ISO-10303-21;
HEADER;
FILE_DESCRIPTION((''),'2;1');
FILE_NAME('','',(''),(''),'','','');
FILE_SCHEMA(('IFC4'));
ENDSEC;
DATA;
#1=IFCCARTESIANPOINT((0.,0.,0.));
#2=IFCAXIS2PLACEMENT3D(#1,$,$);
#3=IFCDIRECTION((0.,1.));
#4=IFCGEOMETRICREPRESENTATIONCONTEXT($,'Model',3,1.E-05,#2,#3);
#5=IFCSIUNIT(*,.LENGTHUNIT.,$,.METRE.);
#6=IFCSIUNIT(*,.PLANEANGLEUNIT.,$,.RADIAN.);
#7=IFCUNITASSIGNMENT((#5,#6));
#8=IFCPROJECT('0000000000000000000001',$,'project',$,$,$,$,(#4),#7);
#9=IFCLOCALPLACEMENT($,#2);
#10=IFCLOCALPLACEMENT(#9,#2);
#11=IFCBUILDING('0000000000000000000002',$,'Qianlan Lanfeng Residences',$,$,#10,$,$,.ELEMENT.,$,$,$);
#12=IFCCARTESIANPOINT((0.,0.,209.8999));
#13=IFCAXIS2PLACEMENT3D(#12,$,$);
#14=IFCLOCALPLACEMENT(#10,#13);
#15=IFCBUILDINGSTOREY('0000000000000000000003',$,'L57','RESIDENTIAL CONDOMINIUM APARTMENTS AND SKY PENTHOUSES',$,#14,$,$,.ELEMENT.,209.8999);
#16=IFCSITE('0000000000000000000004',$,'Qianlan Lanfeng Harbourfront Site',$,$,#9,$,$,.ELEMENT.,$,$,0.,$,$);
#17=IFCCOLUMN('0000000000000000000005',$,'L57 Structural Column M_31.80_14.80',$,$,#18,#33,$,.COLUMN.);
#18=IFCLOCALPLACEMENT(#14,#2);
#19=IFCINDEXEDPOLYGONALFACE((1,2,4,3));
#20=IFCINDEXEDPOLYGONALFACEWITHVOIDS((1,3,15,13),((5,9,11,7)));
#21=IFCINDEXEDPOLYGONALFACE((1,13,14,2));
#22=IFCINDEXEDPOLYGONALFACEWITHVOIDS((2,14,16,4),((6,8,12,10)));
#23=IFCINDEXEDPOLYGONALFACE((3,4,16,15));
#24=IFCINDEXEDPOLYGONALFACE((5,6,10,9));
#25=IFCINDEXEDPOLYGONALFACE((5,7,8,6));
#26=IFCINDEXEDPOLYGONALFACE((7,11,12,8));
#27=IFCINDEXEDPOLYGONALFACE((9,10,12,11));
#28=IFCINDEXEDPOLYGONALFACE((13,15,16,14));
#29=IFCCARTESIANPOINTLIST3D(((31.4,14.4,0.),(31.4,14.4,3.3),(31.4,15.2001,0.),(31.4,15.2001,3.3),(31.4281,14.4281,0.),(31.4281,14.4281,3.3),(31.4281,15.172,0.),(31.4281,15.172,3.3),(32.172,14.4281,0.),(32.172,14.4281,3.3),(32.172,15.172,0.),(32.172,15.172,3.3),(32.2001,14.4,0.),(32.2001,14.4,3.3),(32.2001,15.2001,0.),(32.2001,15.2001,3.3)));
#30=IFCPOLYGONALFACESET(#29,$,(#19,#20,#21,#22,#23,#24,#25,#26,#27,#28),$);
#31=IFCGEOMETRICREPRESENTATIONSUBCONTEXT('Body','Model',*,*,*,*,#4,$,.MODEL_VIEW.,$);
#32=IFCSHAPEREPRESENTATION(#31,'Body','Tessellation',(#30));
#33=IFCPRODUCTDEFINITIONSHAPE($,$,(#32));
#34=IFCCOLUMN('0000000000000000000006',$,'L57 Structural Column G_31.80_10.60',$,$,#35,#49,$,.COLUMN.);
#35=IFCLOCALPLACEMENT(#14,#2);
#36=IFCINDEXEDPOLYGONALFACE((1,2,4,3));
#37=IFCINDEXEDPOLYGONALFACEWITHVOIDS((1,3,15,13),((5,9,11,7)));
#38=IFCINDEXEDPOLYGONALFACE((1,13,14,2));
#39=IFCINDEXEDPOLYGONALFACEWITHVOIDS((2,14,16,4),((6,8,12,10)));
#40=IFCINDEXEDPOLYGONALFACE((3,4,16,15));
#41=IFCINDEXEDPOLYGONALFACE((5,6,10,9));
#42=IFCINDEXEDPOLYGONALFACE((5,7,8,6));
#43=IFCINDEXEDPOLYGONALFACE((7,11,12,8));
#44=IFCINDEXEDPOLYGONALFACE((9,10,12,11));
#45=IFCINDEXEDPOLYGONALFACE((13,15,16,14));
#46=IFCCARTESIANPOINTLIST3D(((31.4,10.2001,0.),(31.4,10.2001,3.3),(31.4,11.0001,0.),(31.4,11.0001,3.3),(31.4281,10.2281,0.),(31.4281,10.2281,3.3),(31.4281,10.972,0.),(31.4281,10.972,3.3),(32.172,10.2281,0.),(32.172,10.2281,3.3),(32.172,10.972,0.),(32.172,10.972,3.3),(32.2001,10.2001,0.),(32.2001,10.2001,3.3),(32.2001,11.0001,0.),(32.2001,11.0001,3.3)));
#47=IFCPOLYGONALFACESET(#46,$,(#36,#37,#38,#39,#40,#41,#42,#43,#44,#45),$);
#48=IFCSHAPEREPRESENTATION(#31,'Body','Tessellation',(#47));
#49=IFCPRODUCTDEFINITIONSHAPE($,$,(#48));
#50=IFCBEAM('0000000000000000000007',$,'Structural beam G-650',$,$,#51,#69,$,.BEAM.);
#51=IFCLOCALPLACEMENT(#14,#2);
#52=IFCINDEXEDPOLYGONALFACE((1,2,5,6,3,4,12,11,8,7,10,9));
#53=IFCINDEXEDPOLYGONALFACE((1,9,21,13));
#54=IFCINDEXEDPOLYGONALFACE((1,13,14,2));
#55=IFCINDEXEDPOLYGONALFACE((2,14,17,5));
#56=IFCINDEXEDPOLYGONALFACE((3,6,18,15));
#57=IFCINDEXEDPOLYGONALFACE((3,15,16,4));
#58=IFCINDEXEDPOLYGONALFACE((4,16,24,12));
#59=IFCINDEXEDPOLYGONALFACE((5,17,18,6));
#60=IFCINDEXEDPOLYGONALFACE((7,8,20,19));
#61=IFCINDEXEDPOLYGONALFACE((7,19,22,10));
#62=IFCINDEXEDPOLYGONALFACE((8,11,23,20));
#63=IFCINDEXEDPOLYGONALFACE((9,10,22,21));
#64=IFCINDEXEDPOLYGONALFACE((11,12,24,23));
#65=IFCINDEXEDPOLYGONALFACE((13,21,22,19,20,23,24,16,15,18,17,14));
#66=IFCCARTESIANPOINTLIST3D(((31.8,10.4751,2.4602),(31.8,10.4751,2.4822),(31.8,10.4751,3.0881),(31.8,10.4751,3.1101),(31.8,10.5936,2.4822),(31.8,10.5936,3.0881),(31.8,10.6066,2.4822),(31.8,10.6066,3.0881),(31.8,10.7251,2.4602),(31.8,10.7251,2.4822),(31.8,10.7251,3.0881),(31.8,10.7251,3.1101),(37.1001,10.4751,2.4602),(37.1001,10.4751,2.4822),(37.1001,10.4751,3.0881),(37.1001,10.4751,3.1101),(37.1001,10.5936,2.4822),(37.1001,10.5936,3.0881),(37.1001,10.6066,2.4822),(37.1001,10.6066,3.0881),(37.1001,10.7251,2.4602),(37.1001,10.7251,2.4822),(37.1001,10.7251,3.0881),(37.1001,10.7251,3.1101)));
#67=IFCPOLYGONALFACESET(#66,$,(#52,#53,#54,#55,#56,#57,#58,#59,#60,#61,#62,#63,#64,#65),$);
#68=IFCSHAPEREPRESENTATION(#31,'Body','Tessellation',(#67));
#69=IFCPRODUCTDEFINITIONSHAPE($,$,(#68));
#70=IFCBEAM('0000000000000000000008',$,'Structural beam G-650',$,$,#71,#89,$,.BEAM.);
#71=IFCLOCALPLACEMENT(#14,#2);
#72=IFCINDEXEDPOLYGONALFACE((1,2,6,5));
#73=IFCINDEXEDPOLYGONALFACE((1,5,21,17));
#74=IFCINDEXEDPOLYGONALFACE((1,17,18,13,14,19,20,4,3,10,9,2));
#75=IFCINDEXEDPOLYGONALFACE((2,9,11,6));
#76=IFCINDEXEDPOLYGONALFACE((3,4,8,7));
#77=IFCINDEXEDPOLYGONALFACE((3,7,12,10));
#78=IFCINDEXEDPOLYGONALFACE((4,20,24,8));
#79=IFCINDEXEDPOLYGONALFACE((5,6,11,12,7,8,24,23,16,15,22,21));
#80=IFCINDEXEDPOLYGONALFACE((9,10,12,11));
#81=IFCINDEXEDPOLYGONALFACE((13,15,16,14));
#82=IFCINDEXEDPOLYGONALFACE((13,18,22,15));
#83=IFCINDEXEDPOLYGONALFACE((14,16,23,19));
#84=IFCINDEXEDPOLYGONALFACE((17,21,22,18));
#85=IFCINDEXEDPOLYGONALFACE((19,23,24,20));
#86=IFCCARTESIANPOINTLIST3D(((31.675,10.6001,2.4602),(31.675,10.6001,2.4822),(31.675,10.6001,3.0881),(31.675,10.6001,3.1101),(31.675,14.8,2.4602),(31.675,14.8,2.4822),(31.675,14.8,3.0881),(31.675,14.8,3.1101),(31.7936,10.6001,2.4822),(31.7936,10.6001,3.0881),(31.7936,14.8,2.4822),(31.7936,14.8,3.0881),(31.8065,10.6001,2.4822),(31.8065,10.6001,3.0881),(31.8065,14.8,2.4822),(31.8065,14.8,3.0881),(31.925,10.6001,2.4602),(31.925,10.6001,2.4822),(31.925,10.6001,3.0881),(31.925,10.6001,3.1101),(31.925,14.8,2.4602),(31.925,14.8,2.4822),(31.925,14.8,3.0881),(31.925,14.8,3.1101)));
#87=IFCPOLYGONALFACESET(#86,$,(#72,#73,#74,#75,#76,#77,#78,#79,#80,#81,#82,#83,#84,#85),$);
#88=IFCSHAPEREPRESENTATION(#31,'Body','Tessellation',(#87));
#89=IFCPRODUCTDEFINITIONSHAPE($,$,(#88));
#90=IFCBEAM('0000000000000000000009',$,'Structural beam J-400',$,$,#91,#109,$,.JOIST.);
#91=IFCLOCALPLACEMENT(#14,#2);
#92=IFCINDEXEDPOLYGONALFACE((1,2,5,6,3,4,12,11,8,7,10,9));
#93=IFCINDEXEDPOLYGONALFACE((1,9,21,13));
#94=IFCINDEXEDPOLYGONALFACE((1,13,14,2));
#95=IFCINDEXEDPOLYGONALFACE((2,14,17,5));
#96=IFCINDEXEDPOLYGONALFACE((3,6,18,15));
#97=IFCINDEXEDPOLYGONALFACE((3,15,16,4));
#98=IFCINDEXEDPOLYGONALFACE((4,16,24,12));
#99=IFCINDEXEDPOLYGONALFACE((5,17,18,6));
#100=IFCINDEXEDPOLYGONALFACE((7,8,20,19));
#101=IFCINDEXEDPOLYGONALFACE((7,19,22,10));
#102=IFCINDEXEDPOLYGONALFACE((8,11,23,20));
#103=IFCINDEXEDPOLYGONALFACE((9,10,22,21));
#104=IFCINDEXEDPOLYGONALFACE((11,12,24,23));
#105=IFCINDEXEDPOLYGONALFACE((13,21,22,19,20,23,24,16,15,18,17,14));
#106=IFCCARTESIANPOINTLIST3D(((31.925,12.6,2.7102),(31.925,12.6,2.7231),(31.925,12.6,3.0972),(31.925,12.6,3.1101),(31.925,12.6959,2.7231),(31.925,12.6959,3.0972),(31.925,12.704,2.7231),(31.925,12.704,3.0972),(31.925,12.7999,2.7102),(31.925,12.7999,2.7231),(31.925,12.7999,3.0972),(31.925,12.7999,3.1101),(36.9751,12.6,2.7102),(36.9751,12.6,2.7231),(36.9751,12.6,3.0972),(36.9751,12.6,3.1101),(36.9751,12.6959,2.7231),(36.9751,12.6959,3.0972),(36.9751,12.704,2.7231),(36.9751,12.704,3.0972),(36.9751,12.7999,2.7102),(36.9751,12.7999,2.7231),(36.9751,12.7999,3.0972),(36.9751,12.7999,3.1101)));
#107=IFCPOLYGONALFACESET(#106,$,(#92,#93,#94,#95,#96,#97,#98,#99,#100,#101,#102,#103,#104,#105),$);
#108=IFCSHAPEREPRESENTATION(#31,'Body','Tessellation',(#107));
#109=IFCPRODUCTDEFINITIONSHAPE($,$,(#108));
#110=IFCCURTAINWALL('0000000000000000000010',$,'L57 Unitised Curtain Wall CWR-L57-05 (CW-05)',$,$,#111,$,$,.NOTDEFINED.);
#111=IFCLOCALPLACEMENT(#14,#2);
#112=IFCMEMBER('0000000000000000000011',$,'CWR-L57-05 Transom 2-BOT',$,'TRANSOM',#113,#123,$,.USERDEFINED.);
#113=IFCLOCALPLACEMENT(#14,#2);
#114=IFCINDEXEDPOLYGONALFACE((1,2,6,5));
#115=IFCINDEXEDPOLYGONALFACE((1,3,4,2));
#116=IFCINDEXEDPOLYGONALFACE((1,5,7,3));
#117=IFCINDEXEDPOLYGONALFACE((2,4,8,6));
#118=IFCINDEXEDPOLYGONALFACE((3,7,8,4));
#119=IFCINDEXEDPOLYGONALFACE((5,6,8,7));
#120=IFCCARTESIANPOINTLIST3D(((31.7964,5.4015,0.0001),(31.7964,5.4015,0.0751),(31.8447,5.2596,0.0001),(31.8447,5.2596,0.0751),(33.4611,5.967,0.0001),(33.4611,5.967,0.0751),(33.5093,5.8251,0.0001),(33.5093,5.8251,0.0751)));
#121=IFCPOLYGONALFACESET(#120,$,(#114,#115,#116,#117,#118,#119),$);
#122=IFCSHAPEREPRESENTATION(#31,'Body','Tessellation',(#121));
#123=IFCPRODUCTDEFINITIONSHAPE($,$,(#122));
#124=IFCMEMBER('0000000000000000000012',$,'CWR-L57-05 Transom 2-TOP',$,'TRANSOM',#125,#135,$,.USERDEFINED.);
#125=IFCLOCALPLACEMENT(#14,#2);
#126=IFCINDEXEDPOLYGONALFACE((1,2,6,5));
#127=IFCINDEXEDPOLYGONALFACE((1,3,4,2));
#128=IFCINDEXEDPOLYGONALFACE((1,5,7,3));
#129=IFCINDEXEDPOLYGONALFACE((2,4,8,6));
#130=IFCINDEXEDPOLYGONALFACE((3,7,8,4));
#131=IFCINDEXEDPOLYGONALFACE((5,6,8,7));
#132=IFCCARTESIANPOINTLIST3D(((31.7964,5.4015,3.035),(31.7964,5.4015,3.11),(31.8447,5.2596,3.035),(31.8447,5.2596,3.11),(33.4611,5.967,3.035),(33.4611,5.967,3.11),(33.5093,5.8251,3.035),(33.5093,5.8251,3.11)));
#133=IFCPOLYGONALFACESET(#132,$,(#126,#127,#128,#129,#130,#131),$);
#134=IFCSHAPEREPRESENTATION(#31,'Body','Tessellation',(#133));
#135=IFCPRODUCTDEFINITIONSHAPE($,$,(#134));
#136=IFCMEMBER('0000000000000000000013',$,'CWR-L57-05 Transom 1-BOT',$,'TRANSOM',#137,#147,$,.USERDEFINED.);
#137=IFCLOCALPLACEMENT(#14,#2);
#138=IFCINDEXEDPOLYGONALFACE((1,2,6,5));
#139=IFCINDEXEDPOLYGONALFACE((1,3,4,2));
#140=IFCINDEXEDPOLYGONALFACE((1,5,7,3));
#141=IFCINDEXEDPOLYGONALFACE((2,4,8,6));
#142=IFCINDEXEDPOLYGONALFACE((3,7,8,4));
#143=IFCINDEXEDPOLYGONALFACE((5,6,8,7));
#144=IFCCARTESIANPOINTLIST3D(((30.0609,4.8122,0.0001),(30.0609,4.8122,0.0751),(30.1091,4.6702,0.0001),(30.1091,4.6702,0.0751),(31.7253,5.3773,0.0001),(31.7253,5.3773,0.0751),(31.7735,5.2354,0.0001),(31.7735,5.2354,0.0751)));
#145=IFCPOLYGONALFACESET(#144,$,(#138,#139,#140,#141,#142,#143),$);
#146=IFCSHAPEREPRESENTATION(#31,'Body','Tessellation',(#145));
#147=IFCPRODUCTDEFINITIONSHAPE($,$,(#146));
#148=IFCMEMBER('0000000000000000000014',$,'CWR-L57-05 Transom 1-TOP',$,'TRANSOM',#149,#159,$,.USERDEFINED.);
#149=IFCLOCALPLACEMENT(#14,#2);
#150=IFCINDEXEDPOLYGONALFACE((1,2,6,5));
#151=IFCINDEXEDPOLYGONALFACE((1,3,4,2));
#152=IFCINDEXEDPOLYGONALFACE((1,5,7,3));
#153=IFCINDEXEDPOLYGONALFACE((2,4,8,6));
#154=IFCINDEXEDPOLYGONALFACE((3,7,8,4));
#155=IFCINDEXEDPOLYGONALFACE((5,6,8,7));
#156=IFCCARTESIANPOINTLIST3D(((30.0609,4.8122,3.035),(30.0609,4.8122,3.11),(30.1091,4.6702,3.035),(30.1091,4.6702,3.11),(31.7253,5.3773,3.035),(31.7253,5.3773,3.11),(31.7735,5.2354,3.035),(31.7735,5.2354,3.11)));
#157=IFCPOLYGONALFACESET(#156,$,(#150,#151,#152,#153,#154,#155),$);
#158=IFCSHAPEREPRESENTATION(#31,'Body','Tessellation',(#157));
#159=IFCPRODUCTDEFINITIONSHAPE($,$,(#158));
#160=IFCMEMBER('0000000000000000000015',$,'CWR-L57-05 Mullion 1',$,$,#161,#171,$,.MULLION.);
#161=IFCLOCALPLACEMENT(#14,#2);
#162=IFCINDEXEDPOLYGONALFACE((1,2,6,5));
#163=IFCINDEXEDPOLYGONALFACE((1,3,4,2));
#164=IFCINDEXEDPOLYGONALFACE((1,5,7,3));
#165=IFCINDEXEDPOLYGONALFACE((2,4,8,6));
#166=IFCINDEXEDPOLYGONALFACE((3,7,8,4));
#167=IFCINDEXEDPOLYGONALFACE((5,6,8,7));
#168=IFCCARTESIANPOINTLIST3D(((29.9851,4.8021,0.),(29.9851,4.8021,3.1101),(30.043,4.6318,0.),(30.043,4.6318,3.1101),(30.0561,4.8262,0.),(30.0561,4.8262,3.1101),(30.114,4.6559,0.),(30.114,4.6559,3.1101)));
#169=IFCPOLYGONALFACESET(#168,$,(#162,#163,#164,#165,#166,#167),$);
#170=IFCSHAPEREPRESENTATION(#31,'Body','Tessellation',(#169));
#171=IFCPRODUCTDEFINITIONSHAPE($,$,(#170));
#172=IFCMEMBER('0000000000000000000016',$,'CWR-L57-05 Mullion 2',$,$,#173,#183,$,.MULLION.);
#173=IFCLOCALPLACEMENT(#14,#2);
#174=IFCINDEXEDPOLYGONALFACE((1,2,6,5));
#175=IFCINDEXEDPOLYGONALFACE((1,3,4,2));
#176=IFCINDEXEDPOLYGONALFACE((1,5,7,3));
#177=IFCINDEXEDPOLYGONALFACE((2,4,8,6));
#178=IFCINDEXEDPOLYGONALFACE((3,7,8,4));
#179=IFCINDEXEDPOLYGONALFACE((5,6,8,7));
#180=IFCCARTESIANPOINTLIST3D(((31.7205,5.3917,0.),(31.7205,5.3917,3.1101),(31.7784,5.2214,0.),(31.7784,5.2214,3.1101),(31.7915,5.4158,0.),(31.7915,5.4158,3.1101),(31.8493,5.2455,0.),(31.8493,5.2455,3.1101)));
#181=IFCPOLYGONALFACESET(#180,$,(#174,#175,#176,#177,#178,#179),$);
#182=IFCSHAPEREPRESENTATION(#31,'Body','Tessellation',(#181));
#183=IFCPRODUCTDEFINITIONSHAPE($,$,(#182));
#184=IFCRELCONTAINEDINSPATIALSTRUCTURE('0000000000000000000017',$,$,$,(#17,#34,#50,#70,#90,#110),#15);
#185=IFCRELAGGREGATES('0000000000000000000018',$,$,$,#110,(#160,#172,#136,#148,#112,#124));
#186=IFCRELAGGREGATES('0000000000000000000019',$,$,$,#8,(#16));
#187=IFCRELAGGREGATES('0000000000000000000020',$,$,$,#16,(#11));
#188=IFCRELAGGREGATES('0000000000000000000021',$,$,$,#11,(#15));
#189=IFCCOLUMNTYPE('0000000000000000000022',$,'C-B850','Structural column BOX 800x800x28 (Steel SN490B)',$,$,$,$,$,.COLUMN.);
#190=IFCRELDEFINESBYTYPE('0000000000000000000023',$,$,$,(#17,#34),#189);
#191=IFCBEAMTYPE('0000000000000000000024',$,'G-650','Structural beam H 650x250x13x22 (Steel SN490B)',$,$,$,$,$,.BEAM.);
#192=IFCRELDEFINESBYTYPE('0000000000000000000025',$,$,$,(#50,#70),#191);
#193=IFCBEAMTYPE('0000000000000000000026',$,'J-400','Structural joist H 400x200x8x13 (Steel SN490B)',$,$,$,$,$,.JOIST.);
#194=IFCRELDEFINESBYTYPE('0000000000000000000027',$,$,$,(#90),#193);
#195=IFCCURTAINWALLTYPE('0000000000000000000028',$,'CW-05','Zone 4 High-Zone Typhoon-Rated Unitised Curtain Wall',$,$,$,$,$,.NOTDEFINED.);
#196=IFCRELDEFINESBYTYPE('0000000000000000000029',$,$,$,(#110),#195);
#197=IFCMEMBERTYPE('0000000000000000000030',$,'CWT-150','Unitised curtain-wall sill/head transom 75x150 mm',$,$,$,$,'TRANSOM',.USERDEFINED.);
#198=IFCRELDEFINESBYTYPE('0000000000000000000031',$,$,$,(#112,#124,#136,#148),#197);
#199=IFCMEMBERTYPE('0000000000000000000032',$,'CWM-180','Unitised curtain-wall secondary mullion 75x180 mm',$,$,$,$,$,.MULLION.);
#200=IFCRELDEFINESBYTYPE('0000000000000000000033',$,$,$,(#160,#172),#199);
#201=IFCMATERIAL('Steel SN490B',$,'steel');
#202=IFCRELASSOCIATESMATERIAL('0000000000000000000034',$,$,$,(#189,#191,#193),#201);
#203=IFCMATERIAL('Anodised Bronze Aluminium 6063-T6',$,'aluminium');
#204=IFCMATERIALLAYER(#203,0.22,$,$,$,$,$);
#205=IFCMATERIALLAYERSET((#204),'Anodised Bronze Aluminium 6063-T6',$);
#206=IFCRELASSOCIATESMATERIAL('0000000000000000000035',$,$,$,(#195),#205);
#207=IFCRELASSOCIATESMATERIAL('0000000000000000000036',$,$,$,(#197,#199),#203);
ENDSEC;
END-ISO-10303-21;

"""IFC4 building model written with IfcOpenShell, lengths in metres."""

from ifc_helpers import new_model, si_unit, direction, frame, origin, origin_2d, place, context, subcontext, project, spatial, rectangle, hollow_rectangle, i_section, extrude, source, transform, mapped, material, layer, layer_set, material_profile, profile_set, type_object, element, aggregate, save


model = new_model("IFC4")

# Units and contexts
model_context = context("Model", 3, precision=1e-05, world=origin(), true_north=direction((0.0, 1.0)))
body_context = subcontext(model_context, "Body", "Model", "MODEL_VIEW")
ifc_project = project(units=[si_unit("LENGTHUNIT", "METRE"), si_unit("PLANEANGLEUNIT", "RADIAN")], contexts=[model_context])

# Site, building, storey
site_placement = place(None, origin())
site = spatial("IfcSite", under=ifc_project, at=site_placement, Name="Qianlan Lanfeng Harbourfront Site", CompositionType="ELEMENT", RefElevation=0.0)
building_placement = place(site_placement, origin())
building = spatial("IfcBuilding", under=site, at=building_placement, Name="Qianlan Lanfeng Residences", CompositionType="ELEMENT")
storey_placement = place(building_placement, frame((0.0, 0.0, 209.8999)))
storey = spatial("IfcBuildingStorey", under=building, at=storey_placement, Name="L57", Description="RESIDENTIAL CONDOMINIUM APARTMENTS AND SKY PENTHOUSES", CompositionType="ELEMENT", Elevation=209.8999)

# Columns
ifc_material_1 = material(Name="Steel SN490B", Category="steel")
ifc_material_profile_1 = material_profile(ifc_material_1, hollow_rectangle(XDim=0.8, YDim=0.8, WallThickness=0.0281, at=origin_2d()), Name="BOX 800x800x28")
ifc_profile_set_1 = profile_set([ifc_material_profile_1], Name="Steel SN490B")
column_type = type_object("IfcColumnType", Name="C-B850", Description="Structural column BOX 800x800x28 (Steel SN490B)", PredefinedType="COLUMN", material=ifc_profile_set_1)
for number, where, z_axis, x_axis, name in (
    (1, (31.8, 14.8, 0.0), (0.0, 0.0, 1.0), (1.0, 0.0, 0.0), "L57 Structural Column M_31.80_14.80"),
    (2, (31.8, 10.6001, 0.0), (0.0, 0.0, 1.0), (1.0, 0.0, 0.0), "L57 Structural Column G_31.80_10.60"),
):
    element("IfcColumn", number, at=place(storey_placement, frame(where, z_axis=z_axis, x_axis=x_axis)), inside=storey, type_object=column_type, Name=name, PredefinedType="COLUMN", context=body_context, shape_type="SweptSolid", body=[
        extrude(hollow_rectangle(XDim=0.8, YDim=0.8, WallThickness=0.0281, at=origin_2d()), origin(), (0.0, 0.0, 1.0), 3.3),
    ])

# Beams
ifc_material_profile_2 = material_profile(ifc_material_1, i_section(OverallWidth=0.25, OverallDepth=0.6499, WebThickness=0.0129, FlangeThickness=0.022, at=origin_2d()), Name="H 650x250x13x22")
ifc_profile_set_2 = profile_set([ifc_material_profile_2], Name="Steel SN490B")
beam_type_1 = type_object("IfcBeamType", Name="G-650", Description="Structural beam H 650x250x13x22 (Steel SN490B)", PredefinedType="BEAM", material=ifc_profile_set_2)
beam_1_placement = place(storey_placement, frame((31.8, 10.6001, 2.7852), z_axis=(1.0, 0.0, 0.0), x_axis=(0.0, 1.0, 0.0)))
element("IfcBeam", 3, at=beam_1_placement, inside=storey, type_object=beam_type_1, Name="Structural beam G-650", PredefinedType="BEAM", context=body_context, shape_type="SweptSolid", body=[
    extrude(i_section(OverallWidth=0.25, OverallDepth=0.6499, WebThickness=0.0129, FlangeThickness=0.022, at=origin_2d()), origin(), (0.0, 0.0, 1.0), 5.3),
])
beam_2_placement = place(storey_placement, frame((31.8, 10.6001, 2.7852), z_axis=(0.0, 1.0, 0.0), x_axis=(-1.0, 0.0, 0.0)))
element("IfcBeam", 4, at=beam_2_placement, inside=storey, type_object=beam_type_1, Name="Structural beam G-650", PredefinedType="BEAM", context=body_context, shape_type="SweptSolid", body=[
    extrude(i_section(OverallWidth=0.25, OverallDepth=0.6499, WebThickness=0.0129, FlangeThickness=0.022, at=origin_2d()), origin(), (0.0, 0.0, 1.0), 4.2),
])
ifc_material_profile_3 = material_profile(ifc_material_1, i_section(OverallWidth=0.2, OverallDepth=0.3999, WebThickness=0.0081, FlangeThickness=0.0129, at=origin_2d()), Name="H 400x200x8x13")
ifc_profile_set_3 = profile_set([ifc_material_profile_3], Name="Steel SN490B")
beam_type_2 = type_object("IfcBeamType", Name="J-400", Description="Structural joist H 400x200x8x13 (Steel SN490B)", PredefinedType="JOIST", material=ifc_profile_set_3)
beam_3_placement = place(storey_placement, frame((31.925, 12.7, 2.9102), z_axis=(1.0, 0.0, 0.0), x_axis=(0.0, 1.0, 0.0)))
element("IfcBeam", 5, at=beam_3_placement, inside=storey, type_object=beam_type_2, Name="Structural beam J-400", PredefinedType="JOIST", context=body_context, shape_type="SweptSolid", body=[
    extrude(i_section(OverallWidth=0.2, OverallDepth=0.3999, WebThickness=0.0081, FlangeThickness=0.0129, at=origin_2d()), origin(), (0.0, 0.0, 1.0), 5.05),
])

# Curtain wall, members
ifc_material_2 = material(Name="Anodised Bronze Aluminium 6063-T6", Category="aluminium")
ifc_layer_1 = layer(ifc_material_2, 0.22)
ifc_layer_set_1 = layer_set([ifc_layer_1], Name="Anodised Bronze Aluminium 6063-T6")
curtain_wall_type = type_object("IfcCurtainWallType", Name="CW-05", Description="Zone 4 High-Zone Typhoon-Rated Unitised Curtain Wall", PredefinedType="NOTDEFINED", material=ifc_layer_set_1)
curtain_wall_placement = place(storey_placement, origin())
curtain_wall = element("IfcCurtainWall", 6, at=curtain_wall_placement, inside=storey, type_object=curtain_wall_type, Name="L57 Unitised Curtain Wall CWR-L57-05 (CW-05)", PredefinedType="NOTDEFINED")
ifc_material_profile_4 = material_profile(ifc_material_2, rectangle(XDim=0.075, YDim=0.1499, at=origin_2d()), Name="ALU TRANSOM 75x150")
ifc_profile_set_4 = profile_set([ifc_material_profile_4], Name="Anodised Bronze Aluminium 6063-T6")
member_type_1 = type_object("IfcMemberType", Name="CWT-150", Description="Unitised curtain-wall sill/head transom 75x150 mm", ElementType="TRANSOM", PredefinedType="USERDEFINED", material=ifc_profile_set_4)
shared_shape_1 = source(origin(), body_context, "Body", "SweptSolid", [
    extrude(rectangle(XDim=0.075, YDim=0.1499, at=origin_2d()), origin(), (0.0, 0.0, 1.0), 1.7581),
])
member_1_placement = place(storey_placement, frame((31.8206, 5.3306, 0.0376), z_axis=(0.946862, 0.321639, 0.0), x_axis=(0.0, 0.0, 1.0)))
member_1 = element("IfcMember", 7, at=member_1_placement, type_object=member_type_1, Name="CWR-L57-05 Transom 2-BOT", ObjectType="TRANSOM", PredefinedType="USERDEFINED", context=body_context, shape_type="MappedRepresentation", body=[
    mapped(shared_shape_1, transform((0.0, 0.0, 0.0), scale=1.0)),
])
member_2_placement = place(storey_placement, frame((31.8206, 5.3306, 3.0725), z_axis=(0.946862, 0.321639, 0.0), x_axis=(0.0, 0.0, 1.0)))
member_2 = element("IfcMember", 8, at=member_2_placement, type_object=member_type_1, Name="CWR-L57-05 Transom 2-TOP", ObjectType="TRANSOM", PredefinedType="USERDEFINED", context=body_context, shape_type="MappedRepresentation", body=[
    mapped(shared_shape_1, transform((0.0, 0.0, 0.0), scale=1.0)),
])
shared_shape_2 = source(origin(), body_context, "Body", "SweptSolid", [
    extrude(rectangle(XDim=0.075, YDim=0.1499, at=origin_2d()), origin(), (0.0, 0.0, 1.0), 1.7578),
])
member_3_placement = place(storey_placement, frame((30.085, 4.7412, 0.0376), z_axis=(0.946905, 0.321514, 0.0), x_axis=(0.0, 0.0, 1.0)))
member_3 = element("IfcMember", 9, at=member_3_placement, type_object=member_type_1, Name="CWR-L57-05 Transom 1-BOT", ObjectType="TRANSOM", PredefinedType="USERDEFINED", context=body_context, shape_type="MappedRepresentation", body=[
    mapped(shared_shape_2, transform((0.0, 0.0, 0.0), scale=1.0)),
])
member_4_placement = place(storey_placement, frame((30.085, 4.7412, 3.0725), z_axis=(0.946905, 0.321514, 0.0), x_axis=(0.0, 0.0, 1.0)))
member_4 = element("IfcMember", 10, at=member_4_placement, type_object=member_type_1, Name="CWR-L57-05 Transom 1-TOP", ObjectType="TRANSOM", PredefinedType="USERDEFINED", context=body_context, shape_type="MappedRepresentation", body=[
    mapped(shared_shape_2, transform((0.0, 0.0, 0.0), scale=1.0)),
])
ifc_material_profile_5 = material_profile(ifc_material_2, rectangle(XDim=0.075, YDim=0.1799, at=origin_2d()), Name="ALU MULLION 75x180")
ifc_profile_set_5 = profile_set([ifc_material_profile_5], Name="Anodised Bronze Aluminium 6063-T6")
member_type_2 = type_object("IfcMemberType", Name="CWM-180", Description="Unitised curtain-wall secondary mullion 75x180 mm", PredefinedType="MULLION", material=ifc_profile_set_5)
shared_shape_3 = source(origin(), body_context, "Body", "SweptSolid", [
    extrude(rectangle(XDim=0.075, YDim=0.1799, at=origin_2d()), origin(), (0.0, 0.0, 1.0), 3.1101),
])
member_5_placement = place(storey_placement, frame((30.0496, 4.729, 0.0), z_axis=(0.0, 0.0, 1.0), x_axis=(0.946877, 0.321596, 0.0)))
member_5 = element("IfcMember", 11, at=member_5_placement, type_object=member_type_2, Name="CWR-L57-05 Mullion 1", PredefinedType="MULLION", context=body_context, shape_type="MappedRepresentation", body=[
    mapped(shared_shape_3, transform((0.0, 0.0, 0.0), scale=1.0)),
])
member_6_placement = place(storey_placement, frame((31.7849, 5.3186, 0.0), z_axis=(0.0, 0.0, 1.0), x_axis=(0.946877, 0.321596, 0.0)))
member_6 = element("IfcMember", 12, at=member_6_placement, type_object=member_type_2, Name="CWR-L57-05 Mullion 2", PredefinedType="MULLION", context=body_context, shape_type="MappedRepresentation", body=[
    mapped(shared_shape_3, transform((0.0, 0.0, 0.0), scale=1.0)),
])
aggregate(curtain_wall, [member_5, member_6, member_3, member_4, member_1, member_2])

save(model, "model.ifc")
